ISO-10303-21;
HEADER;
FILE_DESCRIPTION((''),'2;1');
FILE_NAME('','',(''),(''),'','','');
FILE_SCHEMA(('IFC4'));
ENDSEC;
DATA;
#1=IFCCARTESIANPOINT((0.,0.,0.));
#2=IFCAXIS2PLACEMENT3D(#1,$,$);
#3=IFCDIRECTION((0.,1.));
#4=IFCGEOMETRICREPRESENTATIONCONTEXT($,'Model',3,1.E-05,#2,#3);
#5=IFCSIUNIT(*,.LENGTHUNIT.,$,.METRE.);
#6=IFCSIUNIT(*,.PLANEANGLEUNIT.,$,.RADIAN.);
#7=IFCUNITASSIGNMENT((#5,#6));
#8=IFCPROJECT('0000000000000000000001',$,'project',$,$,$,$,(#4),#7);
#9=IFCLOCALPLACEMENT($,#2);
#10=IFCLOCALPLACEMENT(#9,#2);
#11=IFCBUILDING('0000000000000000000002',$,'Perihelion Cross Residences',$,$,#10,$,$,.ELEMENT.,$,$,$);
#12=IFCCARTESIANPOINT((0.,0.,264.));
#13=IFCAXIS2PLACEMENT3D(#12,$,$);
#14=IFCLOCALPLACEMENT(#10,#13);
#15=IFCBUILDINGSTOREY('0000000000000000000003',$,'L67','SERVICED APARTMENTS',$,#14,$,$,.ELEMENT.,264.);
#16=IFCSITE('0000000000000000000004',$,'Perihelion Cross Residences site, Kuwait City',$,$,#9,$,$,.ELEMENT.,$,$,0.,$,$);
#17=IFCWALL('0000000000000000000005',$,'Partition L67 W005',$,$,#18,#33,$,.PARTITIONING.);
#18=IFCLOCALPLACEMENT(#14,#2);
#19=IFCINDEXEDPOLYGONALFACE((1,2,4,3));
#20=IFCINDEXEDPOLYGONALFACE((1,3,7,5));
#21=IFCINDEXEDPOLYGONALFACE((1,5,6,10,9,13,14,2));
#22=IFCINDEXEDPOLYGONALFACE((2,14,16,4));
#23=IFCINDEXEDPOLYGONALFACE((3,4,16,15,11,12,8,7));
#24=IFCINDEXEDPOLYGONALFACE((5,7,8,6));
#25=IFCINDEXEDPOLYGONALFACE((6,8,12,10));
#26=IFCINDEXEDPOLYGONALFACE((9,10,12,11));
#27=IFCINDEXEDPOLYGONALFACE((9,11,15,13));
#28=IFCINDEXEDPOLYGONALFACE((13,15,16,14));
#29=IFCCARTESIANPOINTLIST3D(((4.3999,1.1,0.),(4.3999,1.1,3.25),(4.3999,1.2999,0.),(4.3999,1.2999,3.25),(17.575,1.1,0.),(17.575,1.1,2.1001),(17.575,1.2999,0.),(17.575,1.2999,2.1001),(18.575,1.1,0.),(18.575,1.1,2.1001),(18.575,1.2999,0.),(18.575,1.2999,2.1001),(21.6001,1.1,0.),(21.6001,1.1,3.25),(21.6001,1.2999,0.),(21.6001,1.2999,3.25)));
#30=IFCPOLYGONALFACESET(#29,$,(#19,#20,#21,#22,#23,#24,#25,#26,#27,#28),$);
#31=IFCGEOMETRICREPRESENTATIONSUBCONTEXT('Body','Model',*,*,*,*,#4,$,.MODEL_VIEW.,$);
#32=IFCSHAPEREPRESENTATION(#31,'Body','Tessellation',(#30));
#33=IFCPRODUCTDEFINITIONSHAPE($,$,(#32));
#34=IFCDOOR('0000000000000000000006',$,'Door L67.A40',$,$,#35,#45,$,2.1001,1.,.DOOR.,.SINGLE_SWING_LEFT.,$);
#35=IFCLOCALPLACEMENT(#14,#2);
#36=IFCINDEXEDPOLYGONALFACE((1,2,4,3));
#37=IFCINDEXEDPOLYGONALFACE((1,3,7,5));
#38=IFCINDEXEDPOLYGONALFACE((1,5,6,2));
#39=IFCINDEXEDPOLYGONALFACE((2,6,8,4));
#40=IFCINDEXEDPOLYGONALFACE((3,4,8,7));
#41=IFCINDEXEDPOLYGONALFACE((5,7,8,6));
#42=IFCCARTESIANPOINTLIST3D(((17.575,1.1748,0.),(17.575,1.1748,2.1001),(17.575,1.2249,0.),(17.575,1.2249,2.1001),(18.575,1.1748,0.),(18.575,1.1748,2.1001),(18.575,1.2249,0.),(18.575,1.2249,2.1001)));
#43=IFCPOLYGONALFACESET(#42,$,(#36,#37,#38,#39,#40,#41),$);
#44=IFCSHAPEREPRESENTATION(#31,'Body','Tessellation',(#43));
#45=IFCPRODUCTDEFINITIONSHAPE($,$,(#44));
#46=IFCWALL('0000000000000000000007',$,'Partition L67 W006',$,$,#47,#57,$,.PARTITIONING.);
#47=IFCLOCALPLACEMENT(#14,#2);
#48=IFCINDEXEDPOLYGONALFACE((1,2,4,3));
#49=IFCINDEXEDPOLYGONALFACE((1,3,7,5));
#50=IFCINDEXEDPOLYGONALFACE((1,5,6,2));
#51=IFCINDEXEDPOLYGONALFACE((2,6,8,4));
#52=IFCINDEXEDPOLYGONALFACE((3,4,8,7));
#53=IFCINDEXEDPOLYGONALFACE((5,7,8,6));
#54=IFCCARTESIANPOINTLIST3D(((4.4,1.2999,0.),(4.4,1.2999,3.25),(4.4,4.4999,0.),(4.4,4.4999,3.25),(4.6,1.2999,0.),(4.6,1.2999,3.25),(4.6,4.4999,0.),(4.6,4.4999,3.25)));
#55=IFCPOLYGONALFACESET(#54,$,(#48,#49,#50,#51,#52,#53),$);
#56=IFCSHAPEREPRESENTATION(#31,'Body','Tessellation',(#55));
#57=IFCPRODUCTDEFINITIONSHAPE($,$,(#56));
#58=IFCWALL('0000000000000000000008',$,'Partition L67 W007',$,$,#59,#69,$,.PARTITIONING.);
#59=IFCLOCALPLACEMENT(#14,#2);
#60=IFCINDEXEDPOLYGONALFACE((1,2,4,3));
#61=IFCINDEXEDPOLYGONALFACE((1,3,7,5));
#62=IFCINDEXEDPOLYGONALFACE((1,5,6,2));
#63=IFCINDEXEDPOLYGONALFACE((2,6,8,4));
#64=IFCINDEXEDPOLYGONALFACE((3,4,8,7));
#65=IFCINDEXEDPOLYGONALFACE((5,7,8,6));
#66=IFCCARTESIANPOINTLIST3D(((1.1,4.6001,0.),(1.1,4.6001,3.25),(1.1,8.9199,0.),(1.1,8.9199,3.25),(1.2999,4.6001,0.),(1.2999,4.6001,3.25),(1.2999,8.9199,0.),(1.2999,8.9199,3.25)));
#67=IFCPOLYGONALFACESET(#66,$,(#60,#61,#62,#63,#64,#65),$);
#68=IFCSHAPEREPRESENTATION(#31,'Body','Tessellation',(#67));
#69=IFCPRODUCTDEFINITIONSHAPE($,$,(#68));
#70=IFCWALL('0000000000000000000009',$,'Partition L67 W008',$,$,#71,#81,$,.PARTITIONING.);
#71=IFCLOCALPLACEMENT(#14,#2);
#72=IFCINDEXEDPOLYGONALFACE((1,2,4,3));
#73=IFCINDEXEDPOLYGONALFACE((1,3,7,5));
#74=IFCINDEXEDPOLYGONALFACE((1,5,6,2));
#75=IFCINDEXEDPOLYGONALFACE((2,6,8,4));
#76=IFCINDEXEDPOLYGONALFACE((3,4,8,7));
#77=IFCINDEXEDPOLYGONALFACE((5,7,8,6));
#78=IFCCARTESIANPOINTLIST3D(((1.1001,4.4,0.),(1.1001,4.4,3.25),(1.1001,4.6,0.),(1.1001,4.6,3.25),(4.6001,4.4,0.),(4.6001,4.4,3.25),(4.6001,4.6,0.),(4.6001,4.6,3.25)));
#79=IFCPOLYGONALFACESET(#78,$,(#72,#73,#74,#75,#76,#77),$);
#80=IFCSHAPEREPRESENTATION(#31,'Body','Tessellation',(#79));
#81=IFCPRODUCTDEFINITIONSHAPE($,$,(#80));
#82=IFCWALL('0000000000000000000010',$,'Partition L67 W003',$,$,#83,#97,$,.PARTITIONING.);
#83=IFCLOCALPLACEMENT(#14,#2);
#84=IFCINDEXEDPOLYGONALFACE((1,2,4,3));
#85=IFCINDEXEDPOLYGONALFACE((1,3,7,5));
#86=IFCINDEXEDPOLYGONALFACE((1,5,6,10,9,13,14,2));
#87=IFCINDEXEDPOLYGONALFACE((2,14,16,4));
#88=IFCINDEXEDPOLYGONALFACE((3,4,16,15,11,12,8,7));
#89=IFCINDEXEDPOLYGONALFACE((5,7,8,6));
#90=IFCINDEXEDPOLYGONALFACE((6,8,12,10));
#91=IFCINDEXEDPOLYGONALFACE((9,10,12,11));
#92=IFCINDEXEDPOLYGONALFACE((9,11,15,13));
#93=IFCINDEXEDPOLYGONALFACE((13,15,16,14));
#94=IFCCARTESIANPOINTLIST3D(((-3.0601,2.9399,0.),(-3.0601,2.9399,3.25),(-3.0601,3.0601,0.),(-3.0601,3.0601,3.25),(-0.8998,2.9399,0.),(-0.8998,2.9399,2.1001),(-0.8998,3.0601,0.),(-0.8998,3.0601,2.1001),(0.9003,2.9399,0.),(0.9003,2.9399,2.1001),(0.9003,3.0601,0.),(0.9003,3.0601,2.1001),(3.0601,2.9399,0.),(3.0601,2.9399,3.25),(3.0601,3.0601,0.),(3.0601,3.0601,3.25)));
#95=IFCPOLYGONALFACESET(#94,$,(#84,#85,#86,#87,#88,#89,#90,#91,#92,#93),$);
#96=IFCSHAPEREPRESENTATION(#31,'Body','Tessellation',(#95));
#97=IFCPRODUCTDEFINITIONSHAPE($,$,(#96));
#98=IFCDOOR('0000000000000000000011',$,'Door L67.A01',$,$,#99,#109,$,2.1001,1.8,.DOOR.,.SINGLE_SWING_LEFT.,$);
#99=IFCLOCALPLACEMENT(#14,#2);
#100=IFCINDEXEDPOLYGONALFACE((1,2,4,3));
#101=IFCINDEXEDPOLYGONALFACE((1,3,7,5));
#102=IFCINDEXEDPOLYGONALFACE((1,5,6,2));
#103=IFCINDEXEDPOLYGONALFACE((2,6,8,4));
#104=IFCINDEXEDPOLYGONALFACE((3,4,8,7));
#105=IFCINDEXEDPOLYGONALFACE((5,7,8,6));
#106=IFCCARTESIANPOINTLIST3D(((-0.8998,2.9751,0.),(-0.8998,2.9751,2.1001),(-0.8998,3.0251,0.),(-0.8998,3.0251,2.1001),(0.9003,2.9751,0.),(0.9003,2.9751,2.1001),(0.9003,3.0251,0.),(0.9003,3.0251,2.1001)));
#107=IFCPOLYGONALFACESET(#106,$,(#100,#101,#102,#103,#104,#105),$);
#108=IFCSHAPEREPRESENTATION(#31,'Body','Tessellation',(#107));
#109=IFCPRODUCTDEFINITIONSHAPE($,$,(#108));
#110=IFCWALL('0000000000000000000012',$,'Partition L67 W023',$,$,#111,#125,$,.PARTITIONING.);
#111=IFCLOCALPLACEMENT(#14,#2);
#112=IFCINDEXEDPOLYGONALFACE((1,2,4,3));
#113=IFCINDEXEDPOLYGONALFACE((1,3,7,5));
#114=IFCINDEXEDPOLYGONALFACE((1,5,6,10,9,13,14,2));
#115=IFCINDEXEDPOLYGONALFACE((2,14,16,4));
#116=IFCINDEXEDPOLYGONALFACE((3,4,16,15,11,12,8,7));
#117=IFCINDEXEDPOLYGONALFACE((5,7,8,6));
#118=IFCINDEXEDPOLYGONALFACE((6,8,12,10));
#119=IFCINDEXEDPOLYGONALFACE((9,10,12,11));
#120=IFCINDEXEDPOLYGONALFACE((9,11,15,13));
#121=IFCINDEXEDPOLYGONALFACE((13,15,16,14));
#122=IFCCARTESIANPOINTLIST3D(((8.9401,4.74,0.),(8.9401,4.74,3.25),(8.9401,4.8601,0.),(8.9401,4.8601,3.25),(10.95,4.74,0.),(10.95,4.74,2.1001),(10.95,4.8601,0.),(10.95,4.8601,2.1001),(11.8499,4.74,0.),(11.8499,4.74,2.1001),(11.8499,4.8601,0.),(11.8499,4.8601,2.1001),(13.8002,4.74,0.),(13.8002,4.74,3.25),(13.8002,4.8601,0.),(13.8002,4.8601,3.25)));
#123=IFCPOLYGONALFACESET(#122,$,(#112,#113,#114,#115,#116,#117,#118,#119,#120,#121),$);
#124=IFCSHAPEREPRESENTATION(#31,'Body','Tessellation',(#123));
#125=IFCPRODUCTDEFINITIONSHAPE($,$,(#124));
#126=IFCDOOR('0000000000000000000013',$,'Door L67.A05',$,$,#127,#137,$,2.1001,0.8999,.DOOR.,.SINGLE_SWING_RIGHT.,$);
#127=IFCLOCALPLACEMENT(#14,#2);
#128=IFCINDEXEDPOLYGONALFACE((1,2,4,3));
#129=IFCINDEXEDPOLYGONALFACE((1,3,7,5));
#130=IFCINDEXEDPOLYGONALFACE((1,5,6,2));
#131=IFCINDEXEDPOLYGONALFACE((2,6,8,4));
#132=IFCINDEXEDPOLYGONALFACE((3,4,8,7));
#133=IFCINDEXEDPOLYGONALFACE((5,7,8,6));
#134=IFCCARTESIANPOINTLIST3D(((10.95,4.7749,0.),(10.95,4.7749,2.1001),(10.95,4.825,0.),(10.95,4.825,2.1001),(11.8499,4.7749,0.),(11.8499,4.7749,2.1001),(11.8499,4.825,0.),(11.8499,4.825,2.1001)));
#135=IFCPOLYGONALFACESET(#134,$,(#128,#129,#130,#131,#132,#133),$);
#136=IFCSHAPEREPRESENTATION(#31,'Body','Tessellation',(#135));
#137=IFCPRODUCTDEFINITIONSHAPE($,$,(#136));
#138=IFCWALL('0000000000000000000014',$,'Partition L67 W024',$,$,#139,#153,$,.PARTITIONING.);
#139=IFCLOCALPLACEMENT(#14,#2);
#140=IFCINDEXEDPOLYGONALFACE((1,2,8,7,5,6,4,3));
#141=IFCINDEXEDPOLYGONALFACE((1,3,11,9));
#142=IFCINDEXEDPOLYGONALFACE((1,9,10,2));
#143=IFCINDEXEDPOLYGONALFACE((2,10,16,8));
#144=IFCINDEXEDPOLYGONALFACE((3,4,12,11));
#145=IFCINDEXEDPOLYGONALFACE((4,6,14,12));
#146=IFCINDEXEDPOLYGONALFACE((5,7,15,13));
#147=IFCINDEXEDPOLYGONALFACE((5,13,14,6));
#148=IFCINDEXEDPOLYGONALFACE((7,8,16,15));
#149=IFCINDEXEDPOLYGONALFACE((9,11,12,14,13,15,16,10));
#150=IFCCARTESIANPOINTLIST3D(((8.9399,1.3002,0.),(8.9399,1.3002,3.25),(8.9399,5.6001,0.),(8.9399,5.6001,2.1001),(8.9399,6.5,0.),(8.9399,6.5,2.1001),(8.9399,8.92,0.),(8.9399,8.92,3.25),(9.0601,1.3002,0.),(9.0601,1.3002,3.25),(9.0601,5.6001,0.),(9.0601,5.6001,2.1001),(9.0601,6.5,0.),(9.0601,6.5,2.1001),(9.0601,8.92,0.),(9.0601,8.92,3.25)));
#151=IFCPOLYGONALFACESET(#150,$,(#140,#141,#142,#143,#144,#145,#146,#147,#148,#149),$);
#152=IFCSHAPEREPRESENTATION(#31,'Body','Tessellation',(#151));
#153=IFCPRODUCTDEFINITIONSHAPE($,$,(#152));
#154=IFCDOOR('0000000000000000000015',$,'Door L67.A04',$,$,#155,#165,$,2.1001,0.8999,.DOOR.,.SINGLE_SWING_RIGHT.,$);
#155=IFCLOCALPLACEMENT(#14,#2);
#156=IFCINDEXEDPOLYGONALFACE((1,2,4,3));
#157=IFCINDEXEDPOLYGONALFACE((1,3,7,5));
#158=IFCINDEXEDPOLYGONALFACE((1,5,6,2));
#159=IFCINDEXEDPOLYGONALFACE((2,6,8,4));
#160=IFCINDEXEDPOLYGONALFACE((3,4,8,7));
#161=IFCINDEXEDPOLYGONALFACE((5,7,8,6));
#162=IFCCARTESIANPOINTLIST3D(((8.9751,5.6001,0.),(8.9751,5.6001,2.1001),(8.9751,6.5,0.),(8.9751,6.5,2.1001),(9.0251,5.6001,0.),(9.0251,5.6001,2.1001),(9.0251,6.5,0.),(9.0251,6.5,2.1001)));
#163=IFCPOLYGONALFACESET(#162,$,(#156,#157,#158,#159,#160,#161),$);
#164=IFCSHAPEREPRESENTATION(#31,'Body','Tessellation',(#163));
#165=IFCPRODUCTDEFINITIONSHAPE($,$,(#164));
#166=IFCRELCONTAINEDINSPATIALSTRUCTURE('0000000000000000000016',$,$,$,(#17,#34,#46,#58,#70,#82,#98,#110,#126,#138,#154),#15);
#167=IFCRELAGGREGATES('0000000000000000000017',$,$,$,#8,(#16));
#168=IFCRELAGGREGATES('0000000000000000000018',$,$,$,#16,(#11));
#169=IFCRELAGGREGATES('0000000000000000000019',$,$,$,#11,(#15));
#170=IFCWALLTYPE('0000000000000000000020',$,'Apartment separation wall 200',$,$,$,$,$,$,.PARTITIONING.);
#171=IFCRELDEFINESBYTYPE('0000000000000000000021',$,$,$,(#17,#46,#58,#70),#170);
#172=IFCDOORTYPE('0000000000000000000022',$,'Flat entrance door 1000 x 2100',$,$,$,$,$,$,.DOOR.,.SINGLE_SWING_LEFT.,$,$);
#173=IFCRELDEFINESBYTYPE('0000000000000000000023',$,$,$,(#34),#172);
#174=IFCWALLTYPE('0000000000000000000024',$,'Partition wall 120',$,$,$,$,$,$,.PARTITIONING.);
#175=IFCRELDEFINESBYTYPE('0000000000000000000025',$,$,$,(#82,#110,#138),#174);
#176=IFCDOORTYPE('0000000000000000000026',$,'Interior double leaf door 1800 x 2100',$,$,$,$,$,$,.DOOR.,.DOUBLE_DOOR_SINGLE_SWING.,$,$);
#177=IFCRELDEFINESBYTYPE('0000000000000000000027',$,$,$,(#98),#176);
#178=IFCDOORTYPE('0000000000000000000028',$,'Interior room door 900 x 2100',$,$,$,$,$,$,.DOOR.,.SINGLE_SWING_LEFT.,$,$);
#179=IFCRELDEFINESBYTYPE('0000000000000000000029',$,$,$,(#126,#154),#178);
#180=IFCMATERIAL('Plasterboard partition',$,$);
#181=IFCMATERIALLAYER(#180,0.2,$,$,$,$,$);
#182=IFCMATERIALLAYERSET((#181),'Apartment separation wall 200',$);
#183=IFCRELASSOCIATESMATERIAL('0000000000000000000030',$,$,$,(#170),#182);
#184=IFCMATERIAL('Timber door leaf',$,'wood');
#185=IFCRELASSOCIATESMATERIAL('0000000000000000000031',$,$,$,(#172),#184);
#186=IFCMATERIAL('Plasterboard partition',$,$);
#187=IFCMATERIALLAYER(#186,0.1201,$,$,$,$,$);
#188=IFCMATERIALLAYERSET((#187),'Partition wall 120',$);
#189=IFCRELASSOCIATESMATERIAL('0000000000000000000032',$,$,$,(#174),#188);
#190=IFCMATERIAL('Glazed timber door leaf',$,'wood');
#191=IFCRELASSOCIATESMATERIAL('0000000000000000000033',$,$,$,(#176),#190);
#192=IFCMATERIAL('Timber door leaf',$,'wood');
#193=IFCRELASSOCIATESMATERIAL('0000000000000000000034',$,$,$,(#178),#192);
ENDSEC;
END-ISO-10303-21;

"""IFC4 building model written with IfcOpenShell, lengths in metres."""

from ifc_helpers import new_model, si_unit, direction, frame, frame_2d, origin, place, context, subcontext, project, spatial, rectangle, extrude, material, layer, layer_set, type_object, element, fill, save


model = new_model("IFC4")

# Units and contexts
model_context = context("Model", 3, precision=1e-05, world=origin(), true_north=direction((0.0, 1.0)))
body_context = subcontext(model_context, "Body", "Model", "MODEL_VIEW")
ifc_project = project(units=[si_unit("LENGTHUNIT", "METRE"), si_unit("PLANEANGLEUNIT", "RADIAN")], contexts=[model_context])

# Site, building, storey
site_placement = place(None, origin())
site = spatial("IfcSite", under=ifc_project, at=site_placement, Name="Perihelion Cross Residences site, Kuwait City", CompositionType="ELEMENT", RefElevation=0.0)
building_placement = place(site_placement, origin())
building = spatial("IfcBuilding", under=site, at=building_placement, Name="Perihelion Cross Residences", CompositionType="ELEMENT")
storey_placement = place(building_placement, frame((0.0, 0.0, 264.0)))
storey = spatial("IfcBuildingStorey", under=building, at=storey_placement, Name="L67", Description="SERVICED APARTMENTS", CompositionType="ELEMENT", Elevation=264.0)

# Wall, opening, door
ifc_material_1 = material(Name="Plasterboard partition")
ifc_layer_1 = layer(ifc_material_1, 0.2)
ifc_layer_set_1 = layer_set([ifc_layer_1], Name="Apartment separation wall 200")
wall_type_1 = type_object("IfcWallType", Name="Apartment separation wall 200", PredefinedType="PARTITIONING", material=ifc_layer_set_1)
wall_1_placement = place(storey_placement, frame((4.3999, 1.2, 0.0), z_axis=(0.0, 0.0, 1.0), x_axis=(1.0, 0.0, 0.0)))
wall_1 = element("IfcWall", 1, at=wall_1_placement, inside=storey, type_object=wall_type_1, Name="Partition L67 W005", PredefinedType="PARTITIONING", context=body_context, shape_type="SweptSolid", body=[
    extrude(rectangle(XDim=17.2002, YDim=0.2, at=frame_2d((8.6001, 0.0))), origin(), (0.0, 0.0, 1.0), 3.25),
])
opening_1_placement = place(wall_1_placement, frame((13.175, 0.0, 0.0)))
opening_1 = element("IfcOpeningElement", 2, at=opening_1_placement, cuts=wall_1, PredefinedType="OPENING", context=body_context, shape_type="SweptSolid", body=[
    extrude(rectangle(XDim=1.0, YDim=2.1001, at=frame_2d((0.5, 1.05))), frame((0.0, 0.1099, 0.0), z_axis=(0.0, -1.0, 0.0), x_axis=(1.0, 0.0, 0.0)), (0.0, 0.0, 1.0), 0.22),
])
ifc_material_2 = material(Name="Timber door leaf", Category="wood")
door_type_1 = type_object("IfcDoorType", Name="Flat entrance door 1000 x 2100", OperationType="SINGLE_SWING_LEFT", PredefinedType="DOOR", material=ifc_material_2)
door_1_placement = place(opening_1_placement, origin())
door_1 = element("IfcDoor", 3, at=door_1_placement, inside=storey, type_object=door_type_1, Name="Door L67.A40", OperationType="SINGLE_SWING_LEFT", OverallHeight=2.1001, OverallWidth=1.0, PredefinedType="DOOR", context=body_context, shape_type="SweptSolid", body=[
    extrude(rectangle(XDim=1.0, YDim=2.1001, at=frame_2d((0.5, 1.05))), frame((0.0, 0.0249, 0.0), z_axis=(0.0, -1.0, 0.0), x_axis=(1.0, 0.0, 0.0)), (0.0, 0.0, 1.0), 0.05),
])
fill(opening_1, door_1)

# Walls
wall_2_placement = place(storey_placement, frame((4.5, 4.5, 0.0), z_axis=(0.0, 0.0, 1.0), x_axis=(0.0, -1.0, 0.0)))
element("IfcWall", 4, at=wall_2_placement, inside=storey, type_object=wall_type_1, Name="Partition L67 W006", PredefinedType="PARTITIONING", context=body_context, shape_type="SweptSolid", body=[
    extrude(rectangle(XDim=3.2, YDim=0.2, at=frame_2d((1.6001, 0.0))), origin(), (0.0, 0.0, 1.0), 3.25),
])
wall_3_placement = place(storey_placement, frame((1.2, 8.9199, 0.0), z_axis=(0.0, 0.0, 1.0), x_axis=(0.0, -1.0, 0.0)))
element("IfcWall", 5, at=wall_3_placement, inside=storey, type_object=wall_type_1, Name="Partition L67 W007", PredefinedType="PARTITIONING", context=body_context, shape_type="SweptSolid", body=[
    extrude(rectangle(XDim=4.3198, YDim=0.2, at=frame_2d((2.1599, 0.0))), origin(), (0.0, 0.0, 1.0), 3.25),
])
wall_4_placement = place(storey_placement, frame((1.1001, 4.5, 0.0), z_axis=(0.0, 0.0, 1.0), x_axis=(1.0, 0.0, 0.0)))
element("IfcWall", 6, at=wall_4_placement, inside=storey, type_object=wall_type_1, Name="Partition L67 W008", PredefinedType="PARTITIONING", context=body_context, shape_type="SweptSolid", body=[
    extrude(rectangle(XDim=3.5, YDim=0.2, at=frame_2d((1.75, 0.0))), origin(), (0.0, 0.0, 1.0), 3.25),
])

# Walls, openings, doors
ifc_material_3 = material(Name="Plasterboard partition")
ifc_layer_2 = layer(ifc_material_3, 0.1201)
ifc_layer_set_2 = layer_set([ifc_layer_2], Name="Partition wall 120")
wall_type_2 = type_object("IfcWallType", Name="Partition wall 120", PredefinedType="PARTITIONING", material=ifc_layer_set_2)
wall_5_placement = place(storey_placement, frame((3.0601, 3.0, 0.0), z_axis=(0.0, 0.0, 1.0), x_axis=(-1.0, 0.0, 0.0)))
wall_5 = element("IfcWall", 7, at=wall_5_placement, inside=storey, type_object=wall_type_2, Name="Partition L67 W003", PredefinedType="PARTITIONING", context=body_context, shape_type="SweptSolid", body=[
    extrude(rectangle(XDim=6.1201, YDim=0.1201, at=frame_2d((3.0601, 0.0))), origin(), (0.0, 0.0, 1.0), 3.25),
])
opening_2_placement = place(wall_5_placement, frame((2.1599, 0.0, 0.0)))
opening_2 = element("IfcOpeningElement", 8, at=opening_2_placement, cuts=wall_5, PredefinedType="OPENING", context=body_context, shape_type="SweptSolid", body=[
    extrude(rectangle(XDim=1.8, YDim=2.1001, at=frame_2d((0.8999, 1.05))), frame((0.0, 0.0701, 0.0), z_axis=(0.0, -1.0, 0.0), x_axis=(1.0, 0.0, 0.0)), (0.0, 0.0, 1.0), 0.1401),
])
ifc_material_4 = material(Name="Glazed timber door leaf", Category="wood")
door_type_2 = type_object("IfcDoorType", Name="Interior double leaf door 1800 x 2100", OperationType="DOUBLE_DOOR_SINGLE_SWING", PredefinedType="DOOR", material=ifc_material_4)
door_2_placement = place(opening_2_placement, origin())
door_2 = element("IfcDoor", 9, at=door_2_placement, inside=storey, type_object=door_type_2, Name="Door L67.A01", OperationType="SINGLE_SWING_LEFT", OverallHeight=2.1001, OverallWidth=1.8, PredefinedType="DOOR", context=body_context, shape_type="SweptSolid", body=[
    extrude(rectangle(XDim=1.8, YDim=2.1001, at=frame_2d((0.8999, 1.05))), frame((0.0, 0.0249, 0.0), z_axis=(0.0, -1.0, 0.0), x_axis=(1.0, 0.0, 0.0)), (0.0, 0.0, 1.0), 0.05),
])
fill(opening_2, door_2)
wall_6_placement = place(storey_placement, frame((8.9399, 4.8, 0.0), z_axis=(0.0, 0.0, 1.0), x_axis=(1.0, 0.0, 0.0)))
wall_6 = element("IfcWall", 10, at=wall_6_placement, inside=storey, type_object=wall_type_2, Name="Partition L67 W023", PredefinedType="PARTITIONING", context=body_context, shape_type="SweptSolid", body=[
    extrude(rectangle(XDim=4.8601, YDim=0.1201, at=frame_2d((2.4302, 0.0))), origin(), (0.0, 0.0, 1.0), 3.25),
])
opening_3_placement = place(wall_6_placement, frame((2.01, 0.0, 0.0)))
opening_3 = element("IfcOpeningElement", 11, at=opening_3_placement, cuts=wall_6, PredefinedType="OPENING", context=body_context, shape_type="SweptSolid", body=[
    extrude(rectangle(XDim=0.8999, YDim=2.1001, at=frame_2d((0.45, 1.05))), frame((0.0, 0.0701, 0.0), z_axis=(0.0, -1.0, 0.0), x_axis=(1.0, 0.0, 0.0)), (0.0, 0.0, 1.0), 0.1401),
])
ifc_material_5 = material(Name="Timber door leaf", Category="wood")
door_type_3 = type_object("IfcDoorType", Name="Interior room door 900 x 2100", OperationType="SINGLE_SWING_LEFT", PredefinedType="DOOR", material=ifc_material_5)
door_3_placement = place(opening_3_placement, origin())
door_3 = element("IfcDoor", 12, at=door_3_placement, inside=storey, type_object=door_type_3, Name="Door L67.A05", OperationType="SINGLE_SWING_RIGHT", OverallHeight=2.1001, OverallWidth=0.8999, PredefinedType="DOOR", context=body_context, shape_type="SweptSolid", body=[
    extrude(rectangle(XDim=0.8999, YDim=2.1001, at=frame_2d((0.45, 1.05))), frame((0.0, 0.0249, 0.0), z_axis=(0.0, -1.0, 0.0), x_axis=(1.0, 0.0, 0.0)), (0.0, 0.0, 1.0), 0.05),
])
fill(opening_3, door_3)
wall_7_placement = place(storey_placement, frame((9.0, 1.3, 0.0), z_axis=(0.0, 0.0, 1.0), x_axis=(0.0, 1.0, 0.0)))
wall_7 = element("IfcWall", 13, at=wall_7_placement, inside=storey, type_object=wall_type_2, Name="Partition L67 W024", PredefinedType="PARTITIONING", context=body_context, shape_type="SweptSolid", body=[
    extrude(rectangle(XDim=7.6199, YDim=0.1201, at=frame_2d((3.8101, 0.0))), origin(), (0.0, 0.0, 1.0), 3.25),
])
opening_4_placement = place(wall_7_placement, frame((4.3, 0.0, 0.0)))
opening_4 = element("IfcOpeningElement", 14, at=opening_4_placement, cuts=wall_7, PredefinedType="OPENING", context=body_context, shape_type="SweptSolid", body=[
    extrude(rectangle(XDim=0.8999, YDim=2.1001, at=frame_2d((0.45, 1.05))), frame((0.0, 0.0701, 0.0), z_axis=(0.0, -1.0, 0.0), x_axis=(1.0, 0.0, 0.0)), (0.0, 0.0, 1.0), 0.1401),
])
door_4_placement = place(opening_4_placement, origin())
door_4 = element("IfcDoor", 15, at=door_4_placement, inside=storey, type_object=door_type_3, Name="Door L67.A04", OperationType="SINGLE_SWING_RIGHT", OverallHeight=2.1001, OverallWidth=0.8999, PredefinedType="DOOR", context=body_context, shape_type="SweptSolid", body=[
    extrude(rectangle(XDim=0.8999, YDim=2.1001, at=frame_2d((0.45, 1.05))), frame((0.0, 0.0249, 0.0), z_axis=(0.0, -1.0, 0.0), x_axis=(1.0, 0.0, 0.0)), (0.0, 0.0, 1.0), 0.05),
])
fill(opening_4, door_4)

save(model, "model.ifc")
